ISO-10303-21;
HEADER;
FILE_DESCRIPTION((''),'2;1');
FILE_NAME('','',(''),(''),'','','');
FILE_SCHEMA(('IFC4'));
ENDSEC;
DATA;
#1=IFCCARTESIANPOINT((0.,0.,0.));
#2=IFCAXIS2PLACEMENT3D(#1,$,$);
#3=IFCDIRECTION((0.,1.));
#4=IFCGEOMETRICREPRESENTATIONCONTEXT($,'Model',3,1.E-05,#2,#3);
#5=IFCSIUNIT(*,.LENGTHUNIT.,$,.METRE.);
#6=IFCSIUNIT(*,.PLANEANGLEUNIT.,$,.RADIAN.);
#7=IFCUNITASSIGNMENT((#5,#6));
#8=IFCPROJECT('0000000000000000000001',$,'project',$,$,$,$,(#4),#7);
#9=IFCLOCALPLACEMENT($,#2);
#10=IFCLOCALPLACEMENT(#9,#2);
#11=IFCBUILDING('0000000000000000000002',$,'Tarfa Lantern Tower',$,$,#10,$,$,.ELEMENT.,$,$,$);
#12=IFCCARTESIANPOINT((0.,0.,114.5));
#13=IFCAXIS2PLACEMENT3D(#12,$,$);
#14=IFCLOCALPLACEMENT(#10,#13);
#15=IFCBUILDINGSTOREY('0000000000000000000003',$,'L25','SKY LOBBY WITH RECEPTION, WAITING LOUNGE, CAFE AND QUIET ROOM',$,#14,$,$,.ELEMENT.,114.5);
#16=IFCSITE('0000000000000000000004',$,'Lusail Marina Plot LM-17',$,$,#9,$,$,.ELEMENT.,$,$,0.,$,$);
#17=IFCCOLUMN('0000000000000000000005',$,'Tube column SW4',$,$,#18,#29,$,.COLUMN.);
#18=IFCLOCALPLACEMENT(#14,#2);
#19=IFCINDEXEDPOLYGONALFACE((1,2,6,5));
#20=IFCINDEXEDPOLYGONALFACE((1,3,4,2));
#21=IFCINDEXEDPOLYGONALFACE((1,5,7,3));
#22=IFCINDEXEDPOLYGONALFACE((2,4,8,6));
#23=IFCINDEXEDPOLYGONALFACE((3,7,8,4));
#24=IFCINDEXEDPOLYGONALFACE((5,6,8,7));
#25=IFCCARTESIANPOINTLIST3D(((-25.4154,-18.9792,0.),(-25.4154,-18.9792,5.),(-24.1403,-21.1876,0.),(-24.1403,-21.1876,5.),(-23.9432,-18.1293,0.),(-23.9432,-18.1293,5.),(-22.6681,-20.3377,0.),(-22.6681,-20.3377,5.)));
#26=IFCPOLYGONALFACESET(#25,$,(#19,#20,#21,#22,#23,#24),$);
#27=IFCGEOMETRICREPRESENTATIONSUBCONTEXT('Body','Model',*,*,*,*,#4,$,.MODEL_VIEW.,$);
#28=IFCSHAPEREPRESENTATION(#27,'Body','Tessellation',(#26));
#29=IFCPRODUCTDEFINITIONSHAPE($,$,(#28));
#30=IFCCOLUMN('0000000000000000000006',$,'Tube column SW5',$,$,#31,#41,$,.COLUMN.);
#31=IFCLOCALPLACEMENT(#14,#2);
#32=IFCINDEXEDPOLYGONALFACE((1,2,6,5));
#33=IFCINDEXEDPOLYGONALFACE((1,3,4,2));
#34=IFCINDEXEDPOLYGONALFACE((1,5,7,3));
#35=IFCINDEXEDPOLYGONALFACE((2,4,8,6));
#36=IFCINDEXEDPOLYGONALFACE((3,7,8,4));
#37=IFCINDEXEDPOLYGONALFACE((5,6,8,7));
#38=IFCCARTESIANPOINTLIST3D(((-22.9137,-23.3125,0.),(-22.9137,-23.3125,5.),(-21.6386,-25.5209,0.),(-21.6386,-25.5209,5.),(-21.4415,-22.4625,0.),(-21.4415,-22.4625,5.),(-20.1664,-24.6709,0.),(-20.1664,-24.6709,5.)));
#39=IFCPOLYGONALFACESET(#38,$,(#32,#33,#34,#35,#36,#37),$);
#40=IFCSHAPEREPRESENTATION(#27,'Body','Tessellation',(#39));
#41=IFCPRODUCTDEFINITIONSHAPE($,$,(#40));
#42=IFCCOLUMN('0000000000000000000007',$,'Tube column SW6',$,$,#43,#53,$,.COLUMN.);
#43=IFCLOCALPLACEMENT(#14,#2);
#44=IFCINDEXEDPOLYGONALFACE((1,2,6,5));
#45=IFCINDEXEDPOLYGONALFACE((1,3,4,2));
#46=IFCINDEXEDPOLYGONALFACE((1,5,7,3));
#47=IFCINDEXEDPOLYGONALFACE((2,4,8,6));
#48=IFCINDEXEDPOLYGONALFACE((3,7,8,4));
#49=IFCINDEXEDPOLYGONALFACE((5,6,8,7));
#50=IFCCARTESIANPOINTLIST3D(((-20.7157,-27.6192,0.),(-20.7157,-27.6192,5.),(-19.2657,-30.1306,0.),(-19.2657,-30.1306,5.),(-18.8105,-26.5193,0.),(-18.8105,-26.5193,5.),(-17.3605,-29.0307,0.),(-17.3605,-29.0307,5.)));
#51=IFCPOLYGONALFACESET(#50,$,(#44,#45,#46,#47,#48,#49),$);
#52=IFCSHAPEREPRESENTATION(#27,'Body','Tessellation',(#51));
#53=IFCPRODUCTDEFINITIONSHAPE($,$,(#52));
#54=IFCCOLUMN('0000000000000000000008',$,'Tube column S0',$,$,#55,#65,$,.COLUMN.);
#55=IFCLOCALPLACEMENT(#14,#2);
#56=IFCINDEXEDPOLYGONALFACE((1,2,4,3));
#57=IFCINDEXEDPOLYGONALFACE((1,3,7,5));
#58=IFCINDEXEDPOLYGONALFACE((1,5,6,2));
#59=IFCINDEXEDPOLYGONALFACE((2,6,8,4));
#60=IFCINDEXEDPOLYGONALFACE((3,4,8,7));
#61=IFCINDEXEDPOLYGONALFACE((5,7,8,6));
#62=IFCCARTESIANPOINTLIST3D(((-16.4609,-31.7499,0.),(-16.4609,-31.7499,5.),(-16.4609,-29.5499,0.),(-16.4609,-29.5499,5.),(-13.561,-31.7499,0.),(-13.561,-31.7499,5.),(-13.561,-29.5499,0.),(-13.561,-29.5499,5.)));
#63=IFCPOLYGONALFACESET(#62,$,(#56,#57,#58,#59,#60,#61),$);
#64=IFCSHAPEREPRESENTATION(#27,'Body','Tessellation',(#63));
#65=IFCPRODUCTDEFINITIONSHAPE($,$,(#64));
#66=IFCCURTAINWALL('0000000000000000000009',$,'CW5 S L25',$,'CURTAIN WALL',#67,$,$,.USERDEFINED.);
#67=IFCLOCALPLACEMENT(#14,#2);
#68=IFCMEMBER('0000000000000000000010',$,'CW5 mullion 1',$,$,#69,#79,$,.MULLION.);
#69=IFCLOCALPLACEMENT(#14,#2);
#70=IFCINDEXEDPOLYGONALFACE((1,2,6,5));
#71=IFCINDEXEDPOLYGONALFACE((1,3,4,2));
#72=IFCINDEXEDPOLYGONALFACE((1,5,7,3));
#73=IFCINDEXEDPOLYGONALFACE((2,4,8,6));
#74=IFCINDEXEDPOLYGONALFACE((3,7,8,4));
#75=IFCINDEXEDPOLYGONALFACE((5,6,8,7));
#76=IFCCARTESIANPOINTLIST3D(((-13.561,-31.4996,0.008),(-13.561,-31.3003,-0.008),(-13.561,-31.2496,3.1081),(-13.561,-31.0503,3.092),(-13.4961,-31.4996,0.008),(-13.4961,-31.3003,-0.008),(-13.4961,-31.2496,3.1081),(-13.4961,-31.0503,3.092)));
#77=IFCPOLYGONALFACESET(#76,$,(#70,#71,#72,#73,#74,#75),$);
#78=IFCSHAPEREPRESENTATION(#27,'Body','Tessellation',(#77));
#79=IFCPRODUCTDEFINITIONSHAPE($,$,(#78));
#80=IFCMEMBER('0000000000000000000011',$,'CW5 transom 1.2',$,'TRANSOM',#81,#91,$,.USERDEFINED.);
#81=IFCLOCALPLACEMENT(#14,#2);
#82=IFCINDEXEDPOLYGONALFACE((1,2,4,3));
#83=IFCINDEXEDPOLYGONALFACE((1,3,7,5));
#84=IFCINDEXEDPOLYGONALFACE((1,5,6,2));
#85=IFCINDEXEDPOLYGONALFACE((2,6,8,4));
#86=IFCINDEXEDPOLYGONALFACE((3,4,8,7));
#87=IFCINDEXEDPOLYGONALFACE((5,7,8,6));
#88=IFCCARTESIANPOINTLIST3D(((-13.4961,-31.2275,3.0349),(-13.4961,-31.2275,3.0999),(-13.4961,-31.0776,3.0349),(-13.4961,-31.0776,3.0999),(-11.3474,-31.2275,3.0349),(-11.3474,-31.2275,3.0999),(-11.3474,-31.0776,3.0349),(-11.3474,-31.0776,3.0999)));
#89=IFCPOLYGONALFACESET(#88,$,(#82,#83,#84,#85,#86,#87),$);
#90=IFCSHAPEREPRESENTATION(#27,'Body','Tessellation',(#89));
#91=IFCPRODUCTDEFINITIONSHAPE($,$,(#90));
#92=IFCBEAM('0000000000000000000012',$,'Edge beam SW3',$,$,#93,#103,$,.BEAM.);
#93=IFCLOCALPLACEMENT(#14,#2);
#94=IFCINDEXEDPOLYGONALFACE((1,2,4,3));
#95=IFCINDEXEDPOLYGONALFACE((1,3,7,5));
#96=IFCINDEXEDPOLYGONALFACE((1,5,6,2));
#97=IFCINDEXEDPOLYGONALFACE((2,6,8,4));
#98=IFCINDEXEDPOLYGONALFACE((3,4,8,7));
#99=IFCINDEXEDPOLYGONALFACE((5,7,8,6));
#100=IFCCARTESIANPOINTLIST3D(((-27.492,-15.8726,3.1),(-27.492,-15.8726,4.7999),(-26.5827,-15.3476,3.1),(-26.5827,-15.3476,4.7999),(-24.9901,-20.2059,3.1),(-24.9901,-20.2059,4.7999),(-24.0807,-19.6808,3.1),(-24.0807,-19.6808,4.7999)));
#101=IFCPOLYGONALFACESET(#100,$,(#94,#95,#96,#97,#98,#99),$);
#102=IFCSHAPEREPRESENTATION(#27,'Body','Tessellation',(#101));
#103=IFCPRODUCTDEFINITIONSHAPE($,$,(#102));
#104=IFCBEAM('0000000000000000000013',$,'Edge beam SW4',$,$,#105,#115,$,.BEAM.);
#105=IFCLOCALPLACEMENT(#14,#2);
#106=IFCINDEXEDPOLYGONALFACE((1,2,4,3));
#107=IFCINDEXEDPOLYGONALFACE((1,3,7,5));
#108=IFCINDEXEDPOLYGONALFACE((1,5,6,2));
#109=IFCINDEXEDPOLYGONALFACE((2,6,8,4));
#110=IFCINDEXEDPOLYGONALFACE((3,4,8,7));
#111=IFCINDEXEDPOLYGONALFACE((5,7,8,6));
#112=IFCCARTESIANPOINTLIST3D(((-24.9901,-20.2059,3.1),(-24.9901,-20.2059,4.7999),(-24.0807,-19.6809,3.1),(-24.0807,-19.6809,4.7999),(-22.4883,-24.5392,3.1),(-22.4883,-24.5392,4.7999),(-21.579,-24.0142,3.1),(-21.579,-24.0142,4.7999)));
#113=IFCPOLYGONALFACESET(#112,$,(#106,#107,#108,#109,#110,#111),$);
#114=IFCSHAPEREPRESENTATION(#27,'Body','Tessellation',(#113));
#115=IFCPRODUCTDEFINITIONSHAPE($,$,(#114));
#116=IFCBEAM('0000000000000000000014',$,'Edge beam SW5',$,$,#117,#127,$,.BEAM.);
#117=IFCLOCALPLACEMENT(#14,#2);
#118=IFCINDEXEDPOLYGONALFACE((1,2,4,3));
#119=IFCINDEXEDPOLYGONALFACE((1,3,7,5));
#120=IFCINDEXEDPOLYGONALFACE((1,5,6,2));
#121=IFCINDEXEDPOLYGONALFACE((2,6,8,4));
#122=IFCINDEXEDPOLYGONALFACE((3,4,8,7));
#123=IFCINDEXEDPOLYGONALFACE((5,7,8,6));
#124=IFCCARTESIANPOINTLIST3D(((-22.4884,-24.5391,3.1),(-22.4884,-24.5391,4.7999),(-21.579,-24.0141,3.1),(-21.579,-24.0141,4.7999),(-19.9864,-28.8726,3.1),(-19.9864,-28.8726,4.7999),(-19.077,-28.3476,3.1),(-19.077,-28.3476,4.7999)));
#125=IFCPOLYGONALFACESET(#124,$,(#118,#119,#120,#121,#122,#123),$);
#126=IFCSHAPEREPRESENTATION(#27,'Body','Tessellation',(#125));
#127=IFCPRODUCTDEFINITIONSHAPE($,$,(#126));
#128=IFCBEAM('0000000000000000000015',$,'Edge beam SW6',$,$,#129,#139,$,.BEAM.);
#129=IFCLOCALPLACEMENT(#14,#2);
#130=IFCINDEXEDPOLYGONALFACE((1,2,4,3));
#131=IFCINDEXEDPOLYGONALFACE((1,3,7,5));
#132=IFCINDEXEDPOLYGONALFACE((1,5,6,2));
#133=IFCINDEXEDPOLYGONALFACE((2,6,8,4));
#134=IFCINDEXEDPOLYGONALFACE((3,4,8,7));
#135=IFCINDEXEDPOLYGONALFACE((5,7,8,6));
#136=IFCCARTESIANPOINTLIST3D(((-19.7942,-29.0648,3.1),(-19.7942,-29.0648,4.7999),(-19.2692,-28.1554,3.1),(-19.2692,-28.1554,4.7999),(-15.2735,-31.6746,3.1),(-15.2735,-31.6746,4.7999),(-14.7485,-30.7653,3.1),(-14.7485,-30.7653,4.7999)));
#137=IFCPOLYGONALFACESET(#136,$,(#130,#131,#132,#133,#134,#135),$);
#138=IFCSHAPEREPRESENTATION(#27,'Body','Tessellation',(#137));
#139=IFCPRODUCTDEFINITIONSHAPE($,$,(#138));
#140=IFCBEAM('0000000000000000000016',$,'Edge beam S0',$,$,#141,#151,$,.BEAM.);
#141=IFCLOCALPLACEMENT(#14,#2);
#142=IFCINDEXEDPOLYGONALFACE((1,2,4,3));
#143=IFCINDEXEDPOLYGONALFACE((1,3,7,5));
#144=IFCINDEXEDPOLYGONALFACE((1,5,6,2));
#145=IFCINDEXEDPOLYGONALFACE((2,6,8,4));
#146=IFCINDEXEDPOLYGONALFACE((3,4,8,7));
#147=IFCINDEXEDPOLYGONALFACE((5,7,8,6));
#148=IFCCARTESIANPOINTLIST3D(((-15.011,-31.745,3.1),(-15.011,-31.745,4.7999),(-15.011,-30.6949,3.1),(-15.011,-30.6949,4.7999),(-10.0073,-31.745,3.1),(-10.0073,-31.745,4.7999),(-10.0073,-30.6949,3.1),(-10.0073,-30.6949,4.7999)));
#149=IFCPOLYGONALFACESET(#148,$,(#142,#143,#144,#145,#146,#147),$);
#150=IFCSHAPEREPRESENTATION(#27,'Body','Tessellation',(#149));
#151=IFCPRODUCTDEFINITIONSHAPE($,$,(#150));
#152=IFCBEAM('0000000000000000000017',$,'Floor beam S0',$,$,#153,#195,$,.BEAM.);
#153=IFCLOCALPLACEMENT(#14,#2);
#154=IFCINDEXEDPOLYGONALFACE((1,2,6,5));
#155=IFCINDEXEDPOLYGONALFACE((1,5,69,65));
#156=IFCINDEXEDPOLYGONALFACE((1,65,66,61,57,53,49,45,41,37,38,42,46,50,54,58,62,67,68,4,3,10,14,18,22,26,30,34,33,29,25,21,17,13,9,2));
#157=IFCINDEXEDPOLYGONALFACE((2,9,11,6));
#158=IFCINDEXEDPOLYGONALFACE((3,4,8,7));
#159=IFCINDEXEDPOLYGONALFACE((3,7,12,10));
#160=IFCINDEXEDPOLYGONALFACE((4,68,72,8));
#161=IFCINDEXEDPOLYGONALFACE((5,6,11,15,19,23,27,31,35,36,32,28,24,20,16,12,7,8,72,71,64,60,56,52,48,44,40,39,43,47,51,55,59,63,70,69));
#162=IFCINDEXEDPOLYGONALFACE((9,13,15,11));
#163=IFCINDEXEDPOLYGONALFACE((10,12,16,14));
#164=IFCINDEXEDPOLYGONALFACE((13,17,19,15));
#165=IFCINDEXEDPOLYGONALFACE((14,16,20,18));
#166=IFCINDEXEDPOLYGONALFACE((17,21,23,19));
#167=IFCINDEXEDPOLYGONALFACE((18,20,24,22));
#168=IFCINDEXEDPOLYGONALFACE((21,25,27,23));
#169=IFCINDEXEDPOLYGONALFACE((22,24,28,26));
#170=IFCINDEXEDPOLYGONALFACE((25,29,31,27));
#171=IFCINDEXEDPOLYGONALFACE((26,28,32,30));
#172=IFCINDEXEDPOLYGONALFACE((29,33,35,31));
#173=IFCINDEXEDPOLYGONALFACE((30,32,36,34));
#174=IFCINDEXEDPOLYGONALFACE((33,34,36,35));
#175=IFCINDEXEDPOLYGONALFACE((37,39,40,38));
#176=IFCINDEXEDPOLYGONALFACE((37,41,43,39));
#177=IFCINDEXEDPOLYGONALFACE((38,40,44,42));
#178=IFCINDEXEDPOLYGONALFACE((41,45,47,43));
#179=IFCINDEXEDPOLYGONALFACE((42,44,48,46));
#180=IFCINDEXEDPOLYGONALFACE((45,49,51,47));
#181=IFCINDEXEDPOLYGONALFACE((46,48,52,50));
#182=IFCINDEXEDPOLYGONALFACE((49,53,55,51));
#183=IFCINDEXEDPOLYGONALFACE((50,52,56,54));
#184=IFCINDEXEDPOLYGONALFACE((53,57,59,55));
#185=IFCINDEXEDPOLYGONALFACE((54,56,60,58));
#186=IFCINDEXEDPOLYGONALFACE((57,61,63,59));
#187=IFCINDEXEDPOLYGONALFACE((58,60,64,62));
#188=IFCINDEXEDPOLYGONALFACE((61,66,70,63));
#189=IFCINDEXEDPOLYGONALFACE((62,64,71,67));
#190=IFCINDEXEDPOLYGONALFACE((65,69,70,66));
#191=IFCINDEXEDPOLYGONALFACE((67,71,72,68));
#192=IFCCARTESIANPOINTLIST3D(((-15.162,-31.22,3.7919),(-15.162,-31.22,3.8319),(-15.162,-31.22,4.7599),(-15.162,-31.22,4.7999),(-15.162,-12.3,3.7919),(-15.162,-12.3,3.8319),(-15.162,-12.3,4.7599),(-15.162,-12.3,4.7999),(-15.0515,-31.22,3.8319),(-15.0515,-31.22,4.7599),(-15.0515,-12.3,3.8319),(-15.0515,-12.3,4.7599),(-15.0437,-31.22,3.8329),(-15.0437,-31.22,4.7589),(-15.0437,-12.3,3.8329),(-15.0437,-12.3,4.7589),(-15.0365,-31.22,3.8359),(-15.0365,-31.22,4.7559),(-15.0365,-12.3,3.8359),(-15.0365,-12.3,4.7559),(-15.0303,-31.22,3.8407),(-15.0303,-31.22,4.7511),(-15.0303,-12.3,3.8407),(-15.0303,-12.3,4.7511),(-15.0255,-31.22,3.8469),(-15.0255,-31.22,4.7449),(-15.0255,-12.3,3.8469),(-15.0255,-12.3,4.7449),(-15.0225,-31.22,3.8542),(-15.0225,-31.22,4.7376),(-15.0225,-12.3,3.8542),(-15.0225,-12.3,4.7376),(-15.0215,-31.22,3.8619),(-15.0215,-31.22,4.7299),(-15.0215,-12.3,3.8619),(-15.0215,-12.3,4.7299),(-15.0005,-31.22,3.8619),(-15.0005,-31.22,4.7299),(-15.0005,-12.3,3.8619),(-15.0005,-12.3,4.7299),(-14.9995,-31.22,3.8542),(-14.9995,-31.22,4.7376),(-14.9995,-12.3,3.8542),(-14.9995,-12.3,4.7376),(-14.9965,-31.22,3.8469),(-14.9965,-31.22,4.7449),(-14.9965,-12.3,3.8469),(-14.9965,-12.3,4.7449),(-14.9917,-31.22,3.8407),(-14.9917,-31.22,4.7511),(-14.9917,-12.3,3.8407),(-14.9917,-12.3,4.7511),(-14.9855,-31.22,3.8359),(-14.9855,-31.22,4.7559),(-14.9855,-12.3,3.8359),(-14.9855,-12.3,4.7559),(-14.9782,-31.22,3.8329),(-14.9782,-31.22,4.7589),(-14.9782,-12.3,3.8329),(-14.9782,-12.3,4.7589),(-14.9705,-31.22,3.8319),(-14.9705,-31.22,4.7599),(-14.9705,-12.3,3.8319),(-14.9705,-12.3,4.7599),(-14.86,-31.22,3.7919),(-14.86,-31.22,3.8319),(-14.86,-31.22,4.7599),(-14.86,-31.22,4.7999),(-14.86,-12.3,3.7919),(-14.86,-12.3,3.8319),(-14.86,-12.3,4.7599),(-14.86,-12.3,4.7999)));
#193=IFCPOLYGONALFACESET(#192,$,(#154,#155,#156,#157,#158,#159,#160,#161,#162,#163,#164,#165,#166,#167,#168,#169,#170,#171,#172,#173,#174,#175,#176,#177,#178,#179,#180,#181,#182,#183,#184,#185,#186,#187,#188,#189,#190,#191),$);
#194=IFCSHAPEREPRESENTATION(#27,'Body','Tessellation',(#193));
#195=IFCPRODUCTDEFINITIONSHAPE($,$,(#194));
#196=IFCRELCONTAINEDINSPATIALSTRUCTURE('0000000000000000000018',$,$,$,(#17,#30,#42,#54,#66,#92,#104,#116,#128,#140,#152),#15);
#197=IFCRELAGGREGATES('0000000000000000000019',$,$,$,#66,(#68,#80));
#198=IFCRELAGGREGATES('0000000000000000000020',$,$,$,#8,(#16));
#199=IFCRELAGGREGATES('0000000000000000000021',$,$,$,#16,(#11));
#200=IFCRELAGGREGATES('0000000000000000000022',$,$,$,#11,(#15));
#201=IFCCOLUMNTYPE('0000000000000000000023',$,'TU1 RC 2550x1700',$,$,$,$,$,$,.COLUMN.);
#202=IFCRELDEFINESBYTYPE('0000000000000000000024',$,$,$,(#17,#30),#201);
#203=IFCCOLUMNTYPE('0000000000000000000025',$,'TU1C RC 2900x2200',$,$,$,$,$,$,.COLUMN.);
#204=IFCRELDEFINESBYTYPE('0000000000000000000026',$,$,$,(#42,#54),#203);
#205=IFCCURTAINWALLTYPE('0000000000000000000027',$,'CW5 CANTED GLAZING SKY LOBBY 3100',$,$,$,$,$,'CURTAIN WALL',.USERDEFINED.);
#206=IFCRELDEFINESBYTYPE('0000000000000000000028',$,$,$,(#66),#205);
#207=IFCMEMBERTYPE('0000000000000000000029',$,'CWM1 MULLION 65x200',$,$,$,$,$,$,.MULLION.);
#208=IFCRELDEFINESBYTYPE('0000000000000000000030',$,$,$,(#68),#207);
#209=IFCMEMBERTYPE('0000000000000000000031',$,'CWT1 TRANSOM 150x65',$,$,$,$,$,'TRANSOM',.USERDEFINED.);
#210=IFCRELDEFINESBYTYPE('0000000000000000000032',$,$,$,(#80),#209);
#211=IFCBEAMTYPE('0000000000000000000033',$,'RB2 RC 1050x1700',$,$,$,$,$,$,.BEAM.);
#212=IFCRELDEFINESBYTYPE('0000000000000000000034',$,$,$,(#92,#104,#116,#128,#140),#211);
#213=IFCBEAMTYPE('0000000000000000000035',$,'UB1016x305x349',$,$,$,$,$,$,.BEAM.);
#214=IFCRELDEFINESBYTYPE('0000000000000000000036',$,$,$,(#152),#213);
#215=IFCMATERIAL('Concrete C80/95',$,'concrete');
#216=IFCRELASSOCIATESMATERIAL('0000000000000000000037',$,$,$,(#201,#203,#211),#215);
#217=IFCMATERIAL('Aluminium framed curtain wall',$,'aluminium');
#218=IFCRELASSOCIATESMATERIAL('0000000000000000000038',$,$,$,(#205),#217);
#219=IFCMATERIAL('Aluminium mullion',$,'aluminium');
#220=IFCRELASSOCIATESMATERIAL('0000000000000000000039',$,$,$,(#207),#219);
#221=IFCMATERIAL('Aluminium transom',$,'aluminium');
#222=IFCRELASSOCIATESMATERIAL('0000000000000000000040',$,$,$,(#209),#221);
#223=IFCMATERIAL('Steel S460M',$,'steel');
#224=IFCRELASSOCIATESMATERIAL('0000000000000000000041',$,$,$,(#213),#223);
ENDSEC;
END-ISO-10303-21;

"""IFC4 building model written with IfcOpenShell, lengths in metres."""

from ifc_helpers import new_model, si_unit, direction, frame, origin, origin_2d, place, context, subcontext, project, spatial, rectangle, i_section, extrude, material, material_profile, profile_set, type_object, element, aggregate, save


model = new_model("IFC4")

# Units and contexts
model_context = context("Model", 3, precision=1e-05, world=origin(), true_north=direction((0.0, 1.0)))
body_context = subcontext(model_context, "Body", "Model", "MODEL_VIEW")
ifc_project = project(units=[si_unit("LENGTHUNIT", "METRE"), si_unit("PLANEANGLEUNIT", "RADIAN")], contexts=[model_context])

# Site, building, storey
site_placement = place(None, origin())
site = spatial("IfcSite", under=ifc_project, at=site_placement, Name="Lusail Marina Plot LM-17", CompositionType="ELEMENT", RefElevation=0.0)
building_placement = place(site_placement, origin())
building = spatial("IfcBuilding", under=site, at=building_placement, Name="Tarfa Lantern Tower", CompositionType="ELEMENT")
storey_placement = place(building_placement, frame((0.0, 0.0, 114.5)))
storey = spatial("IfcBuildingStorey", under=building, at=storey_placement, Name="L25", Description="SKY LOBBY WITH RECEPTION, WAITING LOUNGE, CAFE AND QUIET ROOM", CompositionType="ELEMENT", Elevation=114.5)

# Columns
ifc_material_1 = material(Name="Concrete C80/95", Category="concrete")
ifc_material_profile_1 = material_profile(ifc_material_1, rectangle(XDim=2.55, YDim=1.7, at=origin_2d()), Name="RC 2550x1700")
ifc_profile_set_1 = profile_set([ifc_material_profile_1], Name="Concrete C80/95")
column_type_1 = type_object("IfcColumnType", Name="TU1 RC 2550x1700", PredefinedType="COLUMN", material=ifc_profile_set_1)
for number, where, z_axis, x_axis, name in (
    (1, (-24.0417, -19.6584, 0.0), (0.0, 0.0, 1.0), (0.5, -0.866025, 0.0), "Tube column SW4"),
    (2, (-21.54, -23.9917, 0.0), (0.0, 0.0, 1.0), (0.5, -0.866025, 0.0), "Tube column SW5"),
):
    element("IfcColumn", number, at=place(storey_placement, frame(where, z_axis=z_axis, x_axis=x_axis)), inside=storey, type_object=column_type_1, Name=name, PredefinedType="COLUMN", context=body_context, shape_type="SweptSolid", body=[
        extrude(rectangle(XDim=2.55, YDim=1.7, at=origin_2d()), origin(), (0.0, 0.0, 1.0), 5.0),
    ])
ifc_material_profile_2 = material_profile(ifc_material_1, rectangle(XDim=2.8999, YDim=2.2, at=origin_2d()), Name="RC 2900x2200")
ifc_profile_set_2 = profile_set([ifc_material_profile_2], Name="Concrete C80/95")
column_type_2 = type_object("IfcColumnType", Name="TU1C RC 2900x2200", PredefinedType="COLUMN", material=ifc_profile_set_2)
for number, where, z_axis, x_axis, name in (
    (3, (-19.0381, -28.325, 0.0), (0.0, 0.0, 1.0), (0.5, -0.866025, 0.0), "Tube column SW6"),
    (4, (-15.011, -30.6499, 0.0), (0.0, 0.0, 1.0), (1.0, 0.0, 0.0), "Tube column S0"),
):
    element("IfcColumn", number, at=place(storey_placement, frame(where, z_axis=z_axis, x_axis=x_axis)), inside=storey, type_object=column_type_2, Name=name, PredefinedType="COLUMN", context=body_context, shape_type="SweptSolid", body=[
        extrude(rectangle(XDim=2.8999, YDim=2.2, at=origin_2d()), origin(), (0.0, 0.0, 1.0), 5.0),
    ])

# Curtain wall, members
ifc_material_2 = material(Name="Aluminium framed curtain wall", Category="aluminium")
curtain_wall_type = type_object("IfcCurtainWallType", Name="CW5 CANTED GLAZING SKY LOBBY 3100", ElementType="CURTAIN WALL", PredefinedType="USERDEFINED", material=ifc_material_2)
curtain_wall_placement = place(storey_placement, origin())
curtain_wall = element("IfcCurtainWall", 5, at=curtain_wall_placement, inside=storey, type_object=curtain_wall_type, Name="CW5 S L25", ObjectType="CURTAIN WALL", PredefinedType="USERDEFINED")
ifc_material_3 = material(Name="Aluminium mullion", Category="aluminium")
ifc_material_profile_3 = material_profile(ifc_material_3, rectangle(XDim=0.0649, YDim=0.2, at=origin_2d()), Name="AL MULLION 65x200")
ifc_profile_set_3 = profile_set([ifc_material_profile_3], Name="Aluminium mullion")
member_type_1 = type_object("IfcMemberType", Name="CWM1 MULLION 65x200", PredefinedType="MULLION", material=ifc_profile_set_3)
member_1_placement = place(storey_placement, frame((-13.5286, -31.3999, 0.0), z_axis=(0.0, 0.080382, 0.996764), x_axis=(-1.0, 0.0, 0.0)))
member_1 = element("IfcMember", 6, at=member_1_placement, type_object=member_type_1, Name="CW5 mullion 1", PredefinedType="MULLION", context=body_context, shape_type="SweptSolid", body=[
    extrude(rectangle(XDim=0.0649, YDim=0.2, at=origin_2d()), origin(), (0.0, 0.0, 1.0), 3.1101),
])
ifc_material_4 = material(Name="Aluminium transom", Category="aluminium")
ifc_material_profile_4 = material_profile(ifc_material_4, rectangle(XDim=0.1499, YDim=0.0649, at=origin_2d()), Name="AL TRANSOM 150x65")
ifc_profile_set_4 = profile_set([ifc_material_profile_4], Name="Aluminium transom")
member_type_2 = type_object("IfcMemberType", Name="CWT1 TRANSOM 150x65", ElementType="TRANSOM", PredefinedType="USERDEFINED", material=ifc_profile_set_4)
member_2_placement = place(storey_placement, frame((-13.4961, -31.1526, 3.0674), z_axis=(1.0, 0.0, 0.0), x_axis=(0.0, 1.0, 0.0)))
member_2 = element("IfcMember", 7, at=member_2_placement, type_object=member_type_2, Name="CW5 transom 1.2", ObjectType="TRANSOM", PredefinedType="USERDEFINED", context=body_context, shape_type="SweptSolid", body=[
    extrude(rectangle(XDim=0.1499, YDim=0.0649, at=origin_2d()), origin(), (0.0, 0.0, 1.0), 2.1487),
])

# Beams
ifc_material_profile_5 = material_profile(ifc_material_1, rectangle(XDim=1.05, YDim=1.7, at=origin_2d()), Name="RC 1050x1700")
ifc_profile_set_5 = profile_set([ifc_material_profile_5], Name="Concrete C80/95")
beam_type_1 = type_object("IfcBeamType", Name="RB2 RC 1050x1700", PredefinedType="BEAM", material=ifc_profile_set_5)
for number, where, z_axis, x_axis, name in (
    (8, (-27.0374, -15.6101, 3.95), (0.500022, -0.866013, 0.0), (0.866013, 0.500022, 0.0), "Edge beam SW3"),
    (9, (-24.5354, -19.9434, 3.95), (0.499986, -0.866034, 0.0), (0.866034, 0.499986, 0.0), "Edge beam SW4"),
):
    element("IfcBeam", number, at=place(storey_placement, frame(where, z_axis=z_axis, x_axis=x_axis)), inside=storey, type_object=beam_type_1, Name=name, PredefinedType="BEAM", context=body_context, shape_type="SweptSolid", body=[
        extrude(rectangle(XDim=1.05, YDim=1.7, at=origin_2d()), origin(), (0.0, 0.0, 1.0), 5.0037),
    ])
beam_1_placement = place(storey_placement, frame((-22.0337, -24.2766, 3.95), z_axis=(0.500001, -0.866025, 0.0), x_axis=(0.866025, 0.500001, 0.0)))
element("IfcBeam", 10, at=beam_1_placement, inside=storey, type_object=beam_type_1, Name="Edge beam SW5", PredefinedType="BEAM", context=body_context, shape_type="SweptSolid", body=[
    extrude(rectangle(XDim=1.05, YDim=1.7, at=origin_2d()), origin(), (0.0, 0.0, 1.0), 5.0039),
])
beam_2_placement = place(storey_placement, frame((-19.5317, -28.6101, 3.95), z_axis=(0.866042, -0.499972, 0.0), x_axis=(0.499972, 0.866042, 0.0)))
element("IfcBeam", 11, at=beam_2_placement, inside=storey, type_object=beam_type_1, Name="Edge beam SW6", PredefinedType="BEAM", context=body_context, shape_type="SweptSolid", body=[
    extrude(rectangle(XDim=1.05, YDim=1.7, at=origin_2d()), origin(), (0.0, 0.0, 1.0), 5.22),
])
beam_3_placement = place(storey_placement, frame((-15.011, -31.22, 3.95), z_axis=(1.0, 0.0, 0.0), x_axis=(0.0, 1.0, 0.0)))
element("IfcBeam", 12, at=beam_3_placement, inside=storey, type_object=beam_type_1, Name="Edge beam S0", PredefinedType="BEAM", context=body_context, shape_type="SweptSolid", body=[
    extrude(rectangle(XDim=1.05, YDim=1.7, at=origin_2d()), origin(), (0.0, 0.0, 1.0), 5.0037),
])
ifc_material_5 = material(Name="Steel S460M", Category="steel")
ifc_material_profile_6 = material_profile(ifc_material_5, i_section(OverallWidth=0.302, OverallDepth=1.0081, WebThickness=0.021, FlangeThickness=0.04, FilletRadius=0.03, at=origin_2d()), Name="UB1016x305x349")
ifc_profile_set_6 = profile_set([ifc_material_profile_6], Name="Steel S460M")
beam_type_2 = type_object("IfcBeamType", Name="UB1016x305x349", PredefinedType="BEAM", material=ifc_profile_set_6)
beam_4_placement = place(storey_placement, frame((-15.011, -31.22, 4.2959), z_axis=(0.0, 1.0, 0.0), x_axis=(-1.0, 0.0, 0.0)))
element("IfcBeam", 13, at=beam_4_placement, inside=storey, type_object=beam_type_2, Name="Floor beam S0", PredefinedType="BEAM", context=body_context, shape_type="SweptSolid", body=[
    extrude(i_section(OverallWidth=0.302, OverallDepth=1.0081, WebThickness=0.021, FlangeThickness=0.04, FilletRadius=0.03, at=origin_2d()), origin(), (0.0, 0.0, 1.0), 18.9199),
])

aggregate(curtain_wall, [member_1, member_2])

save(model, "model.ifc")
